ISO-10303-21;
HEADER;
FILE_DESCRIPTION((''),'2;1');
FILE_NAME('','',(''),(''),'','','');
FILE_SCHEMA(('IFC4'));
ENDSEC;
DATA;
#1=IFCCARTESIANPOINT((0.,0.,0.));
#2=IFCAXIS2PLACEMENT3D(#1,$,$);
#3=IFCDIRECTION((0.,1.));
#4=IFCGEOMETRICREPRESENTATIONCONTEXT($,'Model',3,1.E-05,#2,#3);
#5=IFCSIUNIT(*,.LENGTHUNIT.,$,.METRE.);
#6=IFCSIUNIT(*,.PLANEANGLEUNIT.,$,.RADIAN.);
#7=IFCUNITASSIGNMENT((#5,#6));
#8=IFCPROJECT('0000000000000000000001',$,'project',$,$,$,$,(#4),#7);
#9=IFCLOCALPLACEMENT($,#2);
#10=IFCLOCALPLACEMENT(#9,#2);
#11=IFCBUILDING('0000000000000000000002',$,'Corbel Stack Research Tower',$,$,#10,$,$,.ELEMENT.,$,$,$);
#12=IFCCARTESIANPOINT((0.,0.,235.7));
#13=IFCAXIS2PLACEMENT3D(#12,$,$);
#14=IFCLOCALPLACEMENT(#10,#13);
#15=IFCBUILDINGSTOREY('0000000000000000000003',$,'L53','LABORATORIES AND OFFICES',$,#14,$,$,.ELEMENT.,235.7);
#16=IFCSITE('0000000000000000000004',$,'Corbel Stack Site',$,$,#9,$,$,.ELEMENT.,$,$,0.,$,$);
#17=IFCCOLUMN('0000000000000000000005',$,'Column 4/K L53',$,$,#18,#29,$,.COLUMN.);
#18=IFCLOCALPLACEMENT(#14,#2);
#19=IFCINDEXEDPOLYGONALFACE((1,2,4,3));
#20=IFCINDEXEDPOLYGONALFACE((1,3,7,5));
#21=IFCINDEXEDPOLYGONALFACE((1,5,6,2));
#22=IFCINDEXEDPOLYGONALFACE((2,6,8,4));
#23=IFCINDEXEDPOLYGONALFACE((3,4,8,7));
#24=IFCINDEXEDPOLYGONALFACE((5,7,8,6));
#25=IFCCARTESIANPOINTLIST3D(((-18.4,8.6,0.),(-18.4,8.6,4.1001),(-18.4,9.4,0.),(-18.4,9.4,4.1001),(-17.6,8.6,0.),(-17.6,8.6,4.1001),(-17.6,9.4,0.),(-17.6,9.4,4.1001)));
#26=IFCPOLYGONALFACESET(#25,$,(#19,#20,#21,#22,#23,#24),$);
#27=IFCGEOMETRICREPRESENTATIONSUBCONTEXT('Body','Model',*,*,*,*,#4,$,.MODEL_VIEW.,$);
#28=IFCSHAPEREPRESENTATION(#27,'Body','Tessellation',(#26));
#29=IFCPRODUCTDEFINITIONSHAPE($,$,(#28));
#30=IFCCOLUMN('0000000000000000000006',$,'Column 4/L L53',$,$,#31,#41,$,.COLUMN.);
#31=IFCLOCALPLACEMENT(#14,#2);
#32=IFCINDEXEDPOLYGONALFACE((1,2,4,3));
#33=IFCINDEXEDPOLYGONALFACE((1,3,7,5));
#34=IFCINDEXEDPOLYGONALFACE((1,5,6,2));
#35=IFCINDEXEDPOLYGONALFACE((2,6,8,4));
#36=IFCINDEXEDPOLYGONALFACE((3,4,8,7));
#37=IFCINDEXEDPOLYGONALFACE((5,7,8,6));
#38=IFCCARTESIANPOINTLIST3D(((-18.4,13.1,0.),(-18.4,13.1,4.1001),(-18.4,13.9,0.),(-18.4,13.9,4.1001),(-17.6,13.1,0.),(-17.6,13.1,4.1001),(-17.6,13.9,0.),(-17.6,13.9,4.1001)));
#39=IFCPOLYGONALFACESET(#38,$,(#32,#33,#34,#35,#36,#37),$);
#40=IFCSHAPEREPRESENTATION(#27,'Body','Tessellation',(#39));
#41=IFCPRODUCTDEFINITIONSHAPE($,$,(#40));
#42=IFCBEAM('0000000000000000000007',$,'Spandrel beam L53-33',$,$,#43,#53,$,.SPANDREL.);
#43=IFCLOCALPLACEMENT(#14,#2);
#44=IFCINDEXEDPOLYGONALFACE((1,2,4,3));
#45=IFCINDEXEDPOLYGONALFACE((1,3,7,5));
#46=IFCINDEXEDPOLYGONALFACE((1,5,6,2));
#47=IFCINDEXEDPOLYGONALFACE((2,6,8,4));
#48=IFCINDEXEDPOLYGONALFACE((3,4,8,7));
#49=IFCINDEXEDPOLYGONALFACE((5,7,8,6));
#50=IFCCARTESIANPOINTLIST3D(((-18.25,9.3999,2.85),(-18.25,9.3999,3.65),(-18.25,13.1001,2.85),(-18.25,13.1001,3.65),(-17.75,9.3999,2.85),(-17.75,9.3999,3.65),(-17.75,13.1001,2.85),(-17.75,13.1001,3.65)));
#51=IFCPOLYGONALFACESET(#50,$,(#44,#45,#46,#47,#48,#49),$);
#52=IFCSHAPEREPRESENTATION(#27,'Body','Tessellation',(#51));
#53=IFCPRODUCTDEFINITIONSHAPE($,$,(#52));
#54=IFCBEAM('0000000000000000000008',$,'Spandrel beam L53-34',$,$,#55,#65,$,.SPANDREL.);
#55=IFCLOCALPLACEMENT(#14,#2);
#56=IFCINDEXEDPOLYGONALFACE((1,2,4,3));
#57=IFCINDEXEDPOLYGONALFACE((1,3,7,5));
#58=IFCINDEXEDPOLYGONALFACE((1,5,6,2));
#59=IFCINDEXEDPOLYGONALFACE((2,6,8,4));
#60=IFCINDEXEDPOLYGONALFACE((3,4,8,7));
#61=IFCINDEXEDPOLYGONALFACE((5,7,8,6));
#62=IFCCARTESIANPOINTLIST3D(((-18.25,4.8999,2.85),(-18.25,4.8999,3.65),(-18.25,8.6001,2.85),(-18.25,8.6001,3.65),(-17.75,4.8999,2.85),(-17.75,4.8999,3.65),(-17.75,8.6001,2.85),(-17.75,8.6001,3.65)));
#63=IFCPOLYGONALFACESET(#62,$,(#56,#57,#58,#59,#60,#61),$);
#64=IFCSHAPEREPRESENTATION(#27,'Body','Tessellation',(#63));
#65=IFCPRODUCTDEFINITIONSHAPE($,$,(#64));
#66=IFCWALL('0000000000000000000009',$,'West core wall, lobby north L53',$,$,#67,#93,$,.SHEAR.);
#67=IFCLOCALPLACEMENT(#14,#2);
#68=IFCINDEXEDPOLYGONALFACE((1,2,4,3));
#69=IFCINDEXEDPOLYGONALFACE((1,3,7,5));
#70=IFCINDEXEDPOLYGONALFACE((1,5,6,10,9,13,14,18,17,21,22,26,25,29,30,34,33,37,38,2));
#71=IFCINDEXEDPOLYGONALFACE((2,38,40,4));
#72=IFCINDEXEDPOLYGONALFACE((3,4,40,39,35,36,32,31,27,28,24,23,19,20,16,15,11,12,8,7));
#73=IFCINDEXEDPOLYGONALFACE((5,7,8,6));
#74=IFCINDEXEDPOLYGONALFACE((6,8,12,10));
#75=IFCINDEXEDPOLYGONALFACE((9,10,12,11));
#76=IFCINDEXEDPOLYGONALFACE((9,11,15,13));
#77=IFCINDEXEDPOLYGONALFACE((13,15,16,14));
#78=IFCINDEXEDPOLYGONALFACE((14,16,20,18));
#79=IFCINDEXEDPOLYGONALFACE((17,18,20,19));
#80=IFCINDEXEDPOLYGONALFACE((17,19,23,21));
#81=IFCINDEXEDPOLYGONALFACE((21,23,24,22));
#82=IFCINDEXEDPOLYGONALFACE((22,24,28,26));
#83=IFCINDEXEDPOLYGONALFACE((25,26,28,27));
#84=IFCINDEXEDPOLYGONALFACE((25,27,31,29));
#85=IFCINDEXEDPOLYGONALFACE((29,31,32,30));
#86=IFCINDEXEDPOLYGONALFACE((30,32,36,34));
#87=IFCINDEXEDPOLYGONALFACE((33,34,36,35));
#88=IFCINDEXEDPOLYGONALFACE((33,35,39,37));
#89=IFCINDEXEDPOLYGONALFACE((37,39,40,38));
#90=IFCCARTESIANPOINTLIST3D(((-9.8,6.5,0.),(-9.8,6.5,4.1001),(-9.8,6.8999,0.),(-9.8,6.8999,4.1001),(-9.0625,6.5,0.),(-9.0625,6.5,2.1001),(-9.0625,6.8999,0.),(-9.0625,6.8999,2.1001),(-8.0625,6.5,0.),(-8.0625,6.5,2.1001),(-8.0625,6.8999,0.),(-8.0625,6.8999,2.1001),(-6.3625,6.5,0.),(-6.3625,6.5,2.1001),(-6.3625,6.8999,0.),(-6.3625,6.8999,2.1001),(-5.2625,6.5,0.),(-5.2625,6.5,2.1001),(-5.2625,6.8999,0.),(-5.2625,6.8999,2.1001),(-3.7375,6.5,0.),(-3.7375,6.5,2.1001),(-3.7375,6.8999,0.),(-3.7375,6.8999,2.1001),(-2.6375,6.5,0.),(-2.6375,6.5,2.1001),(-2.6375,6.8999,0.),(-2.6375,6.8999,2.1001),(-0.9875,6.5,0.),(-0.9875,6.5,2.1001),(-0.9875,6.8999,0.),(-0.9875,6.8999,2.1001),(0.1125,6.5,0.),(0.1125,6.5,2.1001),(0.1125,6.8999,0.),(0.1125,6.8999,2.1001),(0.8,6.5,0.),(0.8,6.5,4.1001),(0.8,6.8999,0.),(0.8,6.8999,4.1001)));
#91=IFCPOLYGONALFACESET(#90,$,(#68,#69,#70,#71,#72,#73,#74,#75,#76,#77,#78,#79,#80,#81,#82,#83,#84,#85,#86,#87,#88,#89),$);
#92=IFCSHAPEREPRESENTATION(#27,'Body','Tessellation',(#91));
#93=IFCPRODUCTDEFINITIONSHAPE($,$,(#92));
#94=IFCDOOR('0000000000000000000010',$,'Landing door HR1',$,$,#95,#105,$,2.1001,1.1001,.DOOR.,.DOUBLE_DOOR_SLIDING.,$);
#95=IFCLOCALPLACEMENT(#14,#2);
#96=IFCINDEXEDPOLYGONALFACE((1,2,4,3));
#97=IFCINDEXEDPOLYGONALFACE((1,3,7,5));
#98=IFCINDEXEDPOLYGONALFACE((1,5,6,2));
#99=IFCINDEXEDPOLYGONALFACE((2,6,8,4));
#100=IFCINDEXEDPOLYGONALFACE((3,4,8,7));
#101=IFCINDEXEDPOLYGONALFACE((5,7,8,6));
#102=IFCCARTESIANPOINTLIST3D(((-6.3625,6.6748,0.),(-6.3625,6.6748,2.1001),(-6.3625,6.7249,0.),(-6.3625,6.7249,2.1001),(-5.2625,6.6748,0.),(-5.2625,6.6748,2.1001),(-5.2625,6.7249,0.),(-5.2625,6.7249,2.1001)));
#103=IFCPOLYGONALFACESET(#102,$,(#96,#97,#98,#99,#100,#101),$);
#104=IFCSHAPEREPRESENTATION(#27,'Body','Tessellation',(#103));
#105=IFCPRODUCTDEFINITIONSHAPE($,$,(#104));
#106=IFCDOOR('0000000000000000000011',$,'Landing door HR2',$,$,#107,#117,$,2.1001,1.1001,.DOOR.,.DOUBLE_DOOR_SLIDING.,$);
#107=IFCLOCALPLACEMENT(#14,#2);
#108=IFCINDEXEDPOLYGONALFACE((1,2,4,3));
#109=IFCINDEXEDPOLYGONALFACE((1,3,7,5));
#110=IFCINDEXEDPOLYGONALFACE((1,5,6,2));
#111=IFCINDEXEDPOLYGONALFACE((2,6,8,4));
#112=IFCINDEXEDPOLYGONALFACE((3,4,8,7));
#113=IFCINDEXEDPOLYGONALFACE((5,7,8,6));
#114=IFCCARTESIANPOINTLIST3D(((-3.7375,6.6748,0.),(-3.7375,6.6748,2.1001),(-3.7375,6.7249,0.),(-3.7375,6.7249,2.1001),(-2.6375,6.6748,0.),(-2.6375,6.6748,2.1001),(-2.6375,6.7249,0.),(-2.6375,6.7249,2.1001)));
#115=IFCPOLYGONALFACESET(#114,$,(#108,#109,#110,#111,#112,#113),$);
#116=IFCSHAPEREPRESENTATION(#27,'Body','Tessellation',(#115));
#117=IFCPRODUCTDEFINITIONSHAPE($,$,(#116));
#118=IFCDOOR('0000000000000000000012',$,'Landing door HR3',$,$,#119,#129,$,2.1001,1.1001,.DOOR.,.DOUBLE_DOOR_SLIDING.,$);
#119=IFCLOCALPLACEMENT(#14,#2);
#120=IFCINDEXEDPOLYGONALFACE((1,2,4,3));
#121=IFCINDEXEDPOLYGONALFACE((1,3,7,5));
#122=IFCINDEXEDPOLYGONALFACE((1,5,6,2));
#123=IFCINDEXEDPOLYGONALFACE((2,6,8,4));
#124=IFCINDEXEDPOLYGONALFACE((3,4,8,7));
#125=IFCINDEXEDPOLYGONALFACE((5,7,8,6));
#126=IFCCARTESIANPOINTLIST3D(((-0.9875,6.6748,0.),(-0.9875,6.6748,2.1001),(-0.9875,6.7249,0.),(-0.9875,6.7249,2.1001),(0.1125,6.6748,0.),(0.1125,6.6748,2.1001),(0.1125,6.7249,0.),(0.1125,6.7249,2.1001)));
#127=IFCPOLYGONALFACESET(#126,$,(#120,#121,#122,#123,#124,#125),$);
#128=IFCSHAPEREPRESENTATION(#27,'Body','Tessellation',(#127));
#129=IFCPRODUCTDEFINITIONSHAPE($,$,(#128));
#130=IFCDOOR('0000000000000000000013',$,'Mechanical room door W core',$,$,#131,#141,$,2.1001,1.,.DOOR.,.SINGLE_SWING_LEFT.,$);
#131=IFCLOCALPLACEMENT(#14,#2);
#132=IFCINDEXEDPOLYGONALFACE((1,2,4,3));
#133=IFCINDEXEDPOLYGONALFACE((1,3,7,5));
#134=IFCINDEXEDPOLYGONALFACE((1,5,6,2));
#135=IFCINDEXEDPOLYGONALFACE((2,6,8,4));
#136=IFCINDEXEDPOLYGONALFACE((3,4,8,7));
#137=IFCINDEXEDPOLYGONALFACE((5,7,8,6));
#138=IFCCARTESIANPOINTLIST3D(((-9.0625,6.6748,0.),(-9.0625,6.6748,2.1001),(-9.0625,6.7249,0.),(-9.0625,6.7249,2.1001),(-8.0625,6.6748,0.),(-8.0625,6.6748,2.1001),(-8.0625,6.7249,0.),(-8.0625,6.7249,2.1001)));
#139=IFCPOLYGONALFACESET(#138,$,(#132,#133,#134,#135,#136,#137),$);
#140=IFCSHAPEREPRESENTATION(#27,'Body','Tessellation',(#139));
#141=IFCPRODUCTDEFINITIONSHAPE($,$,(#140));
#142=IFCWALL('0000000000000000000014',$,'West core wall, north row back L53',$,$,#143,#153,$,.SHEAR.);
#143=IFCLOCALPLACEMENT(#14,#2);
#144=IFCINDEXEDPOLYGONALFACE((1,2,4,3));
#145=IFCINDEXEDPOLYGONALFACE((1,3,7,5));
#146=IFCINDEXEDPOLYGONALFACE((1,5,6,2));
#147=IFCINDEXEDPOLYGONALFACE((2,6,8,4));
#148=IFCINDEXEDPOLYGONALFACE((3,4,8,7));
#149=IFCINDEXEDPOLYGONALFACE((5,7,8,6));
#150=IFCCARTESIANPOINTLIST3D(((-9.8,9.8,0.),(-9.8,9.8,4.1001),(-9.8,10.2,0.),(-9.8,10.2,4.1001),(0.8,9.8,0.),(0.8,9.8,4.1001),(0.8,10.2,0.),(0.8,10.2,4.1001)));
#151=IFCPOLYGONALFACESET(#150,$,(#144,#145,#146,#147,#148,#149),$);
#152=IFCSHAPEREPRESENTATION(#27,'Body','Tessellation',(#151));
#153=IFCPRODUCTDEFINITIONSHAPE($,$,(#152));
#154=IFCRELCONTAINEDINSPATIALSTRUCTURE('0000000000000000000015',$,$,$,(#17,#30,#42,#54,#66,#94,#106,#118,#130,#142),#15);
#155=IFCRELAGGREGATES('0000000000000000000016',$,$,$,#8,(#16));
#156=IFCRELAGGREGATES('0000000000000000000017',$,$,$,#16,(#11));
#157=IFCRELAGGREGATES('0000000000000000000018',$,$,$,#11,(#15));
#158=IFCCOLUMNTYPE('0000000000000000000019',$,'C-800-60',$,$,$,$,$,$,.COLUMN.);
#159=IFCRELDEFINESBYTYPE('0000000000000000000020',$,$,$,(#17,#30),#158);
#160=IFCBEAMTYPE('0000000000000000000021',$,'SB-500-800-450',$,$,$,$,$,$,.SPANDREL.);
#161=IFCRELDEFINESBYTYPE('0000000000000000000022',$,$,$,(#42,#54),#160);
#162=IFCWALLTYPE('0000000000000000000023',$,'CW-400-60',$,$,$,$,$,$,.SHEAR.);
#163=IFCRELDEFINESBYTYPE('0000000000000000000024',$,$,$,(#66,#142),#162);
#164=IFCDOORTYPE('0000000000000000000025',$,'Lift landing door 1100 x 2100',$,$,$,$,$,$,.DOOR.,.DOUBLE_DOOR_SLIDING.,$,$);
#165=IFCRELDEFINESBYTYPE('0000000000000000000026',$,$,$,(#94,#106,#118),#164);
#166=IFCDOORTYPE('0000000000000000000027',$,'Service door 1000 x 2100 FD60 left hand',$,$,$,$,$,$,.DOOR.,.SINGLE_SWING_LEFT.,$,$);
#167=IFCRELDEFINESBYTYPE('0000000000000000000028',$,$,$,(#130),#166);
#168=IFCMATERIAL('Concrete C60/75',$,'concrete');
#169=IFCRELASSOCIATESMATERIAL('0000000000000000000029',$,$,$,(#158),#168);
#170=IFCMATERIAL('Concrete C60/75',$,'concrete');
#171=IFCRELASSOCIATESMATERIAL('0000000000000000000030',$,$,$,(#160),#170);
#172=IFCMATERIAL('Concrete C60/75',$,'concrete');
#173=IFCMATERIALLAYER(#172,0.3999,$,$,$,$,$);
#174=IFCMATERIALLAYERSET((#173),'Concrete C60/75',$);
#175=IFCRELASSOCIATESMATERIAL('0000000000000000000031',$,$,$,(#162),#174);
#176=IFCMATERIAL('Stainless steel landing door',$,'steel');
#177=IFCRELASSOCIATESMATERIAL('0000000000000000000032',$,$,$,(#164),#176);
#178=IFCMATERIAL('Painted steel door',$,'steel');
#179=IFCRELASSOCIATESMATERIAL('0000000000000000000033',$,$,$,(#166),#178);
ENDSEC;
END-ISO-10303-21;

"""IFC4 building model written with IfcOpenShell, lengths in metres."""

from ifc_helpers import new_model, si_unit, direction, frame, frame_2d, origin, origin_2d, place, context, subcontext, project, spatial, rectangle, extrude, material, layer, layer_set, material_profile, profile_set, type_object, element, fill, save


model = new_model("IFC4")

# Units and contexts
model_context = context("Model", 3, precision=1e-05, world=origin(), true_north=direction((0.0, 1.0)))
body_context = subcontext(model_context, "Body", "Model", "MODEL_VIEW")
ifc_project = project(units=[si_unit("LENGTHUNIT", "METRE"), si_unit("PLANEANGLEUNIT", "RADIAN")], contexts=[model_context])

# Site, building, storey
site_placement = place(None, origin())
site = spatial("IfcSite", under=ifc_project, at=site_placement, Name="Corbel Stack Site", CompositionType="ELEMENT", RefElevation=0.0)
building_placement = place(site_placement, origin())
building = spatial("IfcBuilding", under=site, at=building_placement, Name="Corbel Stack Research Tower", CompositionType="ELEMENT")
storey_placement = place(building_placement, frame((0.0, 0.0, 235.7)))
storey = spatial("IfcBuildingStorey", under=building, at=storey_placement, Name="L53", Description="LABORATORIES AND OFFICES", CompositionType="ELEMENT", Elevation=235.7)

# Columns
ifc_material_1 = material(Name="Concrete C60/75", Category="concrete")
ifc_material_profile_1 = material_profile(ifc_material_1, rectangle(XDim=0.8, YDim=0.8, at=origin_2d()), Name="RC 800 x 800")
ifc_profile_set_1 = profile_set([ifc_material_profile_1], Name="Concrete C60/75")
column_type = type_object("IfcColumnType", Name="C-800-60", PredefinedType="COLUMN", material=ifc_profile_set_1)
for number, where, z_axis, x_axis, name in (
    (1, (-18.0, 9.0, 0.0), (0.0, 0.0, 1.0), (1.0, 0.0, 0.0), "Column 4/K L53"),
    (2, (-18.0, 13.5, 0.0), (0.0, 0.0, 1.0), (1.0, 0.0, 0.0), "Column 4/L L53"),
):
    element("IfcColumn", number, at=place(storey_placement, frame(where, z_axis=z_axis, x_axis=x_axis)), inside=storey, type_object=column_type, Name=name, PredefinedType="COLUMN", context=body_context, shape_type="SweptSolid", body=[
        extrude(rectangle(XDim=0.8, YDim=0.8, at=origin_2d()), origin(), (0.0, 0.0, 1.0), 4.1001),
    ])

# Beams
ifc_material_2 = material(Name="Concrete C60/75", Category="concrete")
ifc_material_profile_2 = material_profile(ifc_material_2, rectangle(XDim=0.5, YDim=0.8, at=origin_2d()), Name="RC 500 x 800")
ifc_profile_set_2 = profile_set([ifc_material_profile_2], Name="Concrete C60/75")
beam_type = type_object("IfcBeamType", Name="SB-500-800-450", PredefinedType="SPANDREL", material=ifc_profile_set_2)
for number, where, z_axis, x_axis, name in (
    (3, (-18.0, 13.1001, 3.25), (0.0, -1.0, 0.0), (1.0, 0.0, 0.0), "Spandrel beam L53-33"),
    (4, (-18.0, 8.6001, 3.25), (0.0, -1.0, 0.0), (1.0, 0.0, 0.0), "Spandrel beam L53-34"),
):
    element("IfcBeam", number, at=place(storey_placement, frame(where, z_axis=z_axis, x_axis=x_axis)), inside=storey, type_object=beam_type, Name=name, PredefinedType="SPANDREL", context=body_context, shape_type="SweptSolid", body=[
        extrude(rectangle(XDim=0.5, YDim=0.8, at=origin_2d()), origin(), (0.0, 0.0, 1.0), 3.7002),
    ])

# Wall, openings, doors
ifc_material_3 = material(Name="Concrete C60/75", Category="concrete")
ifc_layer_1 = layer(ifc_material_3, 0.3999)
ifc_layer_set_1 = layer_set([ifc_layer_1], Name="Concrete C60/75")
wall_type_1 = type_object("IfcWallType", Name="CW-400-60", PredefinedType="SHEAR", material=ifc_layer_set_1)
wall_1_placement = place(storey_placement, frame((-9.8, 6.7, 0.0), z_axis=(0.0, 0.0, 1.0), x_axis=(1.0, 0.0, 0.0)))
wall_1 = element("IfcWall", 5, at=wall_1_placement, inside=storey, type_object=wall_type_1, Name="West core wall, lobby north L53", PredefinedType="SHEAR", context=body_context, shape_type="SweptSolid", body=[
    extrude(rectangle(XDim=10.6001, YDim=0.3999, at=frame_2d((5.3, 0.0))), origin(), (0.0, 0.0, 1.0), 4.1001),
])
opening_1_placement = place(wall_1_placement, frame((3.4375, 0.0, 0.0)))
opening_1 = element("IfcOpeningElement", 6, at=opening_1_placement, cuts=wall_1, PredefinedType="OPENING", context=body_context, shape_type="SweptSolid", body=[
    extrude(rectangle(XDim=1.1001, YDim=2.1001, at=frame_2d((0.55, 1.05))), frame((0.0, 0.21, 0.0), z_axis=(0.0, -1.0, 0.0), x_axis=(1.0, 0.0, 0.0)), (0.0, 0.0, 1.0), 0.4199),
])
opening_2_placement = place(wall_1_placement, frame((6.0625, 0.0, 0.0)))
opening_2 = element("IfcOpeningElement", 7, at=opening_2_placement, cuts=wall_1, PredefinedType="OPENING", context=body_context, shape_type="SweptSolid", body=[
    extrude(rectangle(XDim=1.1001, YDim=2.1001, at=frame_2d((0.55, 1.05))), frame((0.0, 0.21, 0.0), z_axis=(0.0, -1.0, 0.0), x_axis=(1.0, 0.0, 0.0)), (0.0, 0.0, 1.0), 0.4199),
])
opening_3_placement = place(wall_1_placement, frame((8.8125, 0.0, 0.0)))
opening_3 = element("IfcOpeningElement", 8, at=opening_3_placement, cuts=wall_1, PredefinedType="OPENING", context=body_context, shape_type="SweptSolid", body=[
    extrude(rectangle(XDim=1.1001, YDim=2.1001, at=frame_2d((0.55, 1.05))), frame((0.0, 0.21, 0.0), z_axis=(0.0, -1.0, 0.0), x_axis=(1.0, 0.0, 0.0)), (0.0, 0.0, 1.0), 0.4199),
])
opening_4_placement = place(wall_1_placement, frame((0.7375, 0.0, 0.0)))
opening_4 = element("IfcOpeningElement", 9, at=opening_4_placement, cuts=wall_1, PredefinedType="OPENING", context=body_context, shape_type="SweptSolid", body=[
    extrude(rectangle(XDim=1.0, YDim=2.1001, at=frame_2d((0.5, 1.05))), frame((0.0, 0.21, 0.0), z_axis=(0.0, -1.0, 0.0), x_axis=(1.0, 0.0, 0.0)), (0.0, 0.0, 1.0), 0.4199),
])
ifc_material_4 = material(Name="Stainless steel landing door", Category="steel")
door_type_1 = type_object("IfcDoorType", Name="Lift landing door 1100 x 2100", OperationType="DOUBLE_DOOR_SLIDING", PredefinedType="DOOR", material=ifc_material_4)
door_1_placement = place(opening_1_placement, origin())
door_1 = element("IfcDoor", 10, at=door_1_placement, inside=storey, type_object=door_type_1, Name="Landing door HR1", OperationType="DOUBLE_DOOR_SLIDING", OverallHeight=2.1001, OverallWidth=1.1001, PredefinedType="DOOR", context=body_context, shape_type="SweptSolid", body=[
    extrude(rectangle(XDim=1.1001, YDim=2.1001, at=frame_2d((0.55, 1.05))), frame((0.0, 0.0249, 0.0), z_axis=(0.0, -1.0, 0.0), x_axis=(1.0, 0.0, 0.0)), (0.0, 0.0, 1.0), 0.05),
])
fill(opening_1, door_1)
door_2_placement = place(opening_2_placement, origin())
door_2 = element("IfcDoor", 11, at=door_2_placement, inside=storey, type_object=door_type_1, Name="Landing door HR2", OperationType="DOUBLE_DOOR_SLIDING", OverallHeight=2.1001, OverallWidth=1.1001, PredefinedType="DOOR", context=body_context, shape_type="SweptSolid", body=[
    extrude(rectangle(XDim=1.1001, YDim=2.1001, at=frame_2d((0.55, 1.05))), frame((0.0, 0.0249, 0.0), z_axis=(0.0, -1.0, 0.0), x_axis=(1.0, 0.0, 0.0)), (0.0, 0.0, 1.0), 0.05),
])
fill(opening_2, door_2)
door_3_placement = place(opening_3_placement, origin())
door_3 = element("IfcDoor", 12, at=door_3_placement, inside=storey, type_object=door_type_1, Name="Landing door HR3", OperationType="DOUBLE_DOOR_SLIDING", OverallHeight=2.1001, OverallWidth=1.1001, PredefinedType="DOOR", context=body_context, shape_type="SweptSolid", body=[
    extrude(rectangle(XDim=1.1001, YDim=2.1001, at=frame_2d((0.55, 1.05))), frame((0.0, 0.0249, 0.0), z_axis=(0.0, -1.0, 0.0), x_axis=(1.0, 0.0, 0.0)), (0.0, 0.0, 1.0), 0.05),
])
fill(opening_3, door_3)
ifc_material_5 = material(Name="Painted steel door", Category="steel")
door_type_2 = type_object("IfcDoorType", Name="Service door 1000 x 2100 FD60 left hand", OperationType="SINGLE_SWING_LEFT", PredefinedType="DOOR", material=ifc_material_5)
door_4_placement = place(opening_4_placement, origin())
door_4 = element("IfcDoor", 13, at=door_4_placement, inside=storey, type_object=door_type_2, Name="Mechanical room door W core", OperationType="SINGLE_SWING_LEFT", OverallHeight=2.1001, OverallWidth=1.0, PredefinedType="DOOR", context=body_context, shape_type="SweptSolid", body=[
    extrude(rectangle(XDim=1.0, YDim=2.1001, at=frame_2d((0.5, 1.05))), frame((0.0, 0.0249, 0.0), z_axis=(0.0, -1.0, 0.0), x_axis=(1.0, 0.0, 0.0)), (0.0, 0.0, 1.0), 0.05),
])
fill(opening_4, door_4)

# Wall
wall_2_placement = place(storey_placement, frame((-9.8, 10.0, 0.0), z_axis=(0.0, 0.0, 1.0), x_axis=(1.0, 0.0, 0.0)))
element("IfcWall", 14, at=wall_2_placement, inside=storey, type_object=wall_type_1, Name="West core wall, north row back L53", PredefinedType="SHEAR", context=body_context, shape_type="SweptSolid", body=[
    extrude(rectangle(XDim=10.6001, YDim=0.3999, at=frame_2d((5.3, 0.0))), origin(), (0.0, 0.0, 1.0), 4.1001),
])

save(model, "model.ifc")
